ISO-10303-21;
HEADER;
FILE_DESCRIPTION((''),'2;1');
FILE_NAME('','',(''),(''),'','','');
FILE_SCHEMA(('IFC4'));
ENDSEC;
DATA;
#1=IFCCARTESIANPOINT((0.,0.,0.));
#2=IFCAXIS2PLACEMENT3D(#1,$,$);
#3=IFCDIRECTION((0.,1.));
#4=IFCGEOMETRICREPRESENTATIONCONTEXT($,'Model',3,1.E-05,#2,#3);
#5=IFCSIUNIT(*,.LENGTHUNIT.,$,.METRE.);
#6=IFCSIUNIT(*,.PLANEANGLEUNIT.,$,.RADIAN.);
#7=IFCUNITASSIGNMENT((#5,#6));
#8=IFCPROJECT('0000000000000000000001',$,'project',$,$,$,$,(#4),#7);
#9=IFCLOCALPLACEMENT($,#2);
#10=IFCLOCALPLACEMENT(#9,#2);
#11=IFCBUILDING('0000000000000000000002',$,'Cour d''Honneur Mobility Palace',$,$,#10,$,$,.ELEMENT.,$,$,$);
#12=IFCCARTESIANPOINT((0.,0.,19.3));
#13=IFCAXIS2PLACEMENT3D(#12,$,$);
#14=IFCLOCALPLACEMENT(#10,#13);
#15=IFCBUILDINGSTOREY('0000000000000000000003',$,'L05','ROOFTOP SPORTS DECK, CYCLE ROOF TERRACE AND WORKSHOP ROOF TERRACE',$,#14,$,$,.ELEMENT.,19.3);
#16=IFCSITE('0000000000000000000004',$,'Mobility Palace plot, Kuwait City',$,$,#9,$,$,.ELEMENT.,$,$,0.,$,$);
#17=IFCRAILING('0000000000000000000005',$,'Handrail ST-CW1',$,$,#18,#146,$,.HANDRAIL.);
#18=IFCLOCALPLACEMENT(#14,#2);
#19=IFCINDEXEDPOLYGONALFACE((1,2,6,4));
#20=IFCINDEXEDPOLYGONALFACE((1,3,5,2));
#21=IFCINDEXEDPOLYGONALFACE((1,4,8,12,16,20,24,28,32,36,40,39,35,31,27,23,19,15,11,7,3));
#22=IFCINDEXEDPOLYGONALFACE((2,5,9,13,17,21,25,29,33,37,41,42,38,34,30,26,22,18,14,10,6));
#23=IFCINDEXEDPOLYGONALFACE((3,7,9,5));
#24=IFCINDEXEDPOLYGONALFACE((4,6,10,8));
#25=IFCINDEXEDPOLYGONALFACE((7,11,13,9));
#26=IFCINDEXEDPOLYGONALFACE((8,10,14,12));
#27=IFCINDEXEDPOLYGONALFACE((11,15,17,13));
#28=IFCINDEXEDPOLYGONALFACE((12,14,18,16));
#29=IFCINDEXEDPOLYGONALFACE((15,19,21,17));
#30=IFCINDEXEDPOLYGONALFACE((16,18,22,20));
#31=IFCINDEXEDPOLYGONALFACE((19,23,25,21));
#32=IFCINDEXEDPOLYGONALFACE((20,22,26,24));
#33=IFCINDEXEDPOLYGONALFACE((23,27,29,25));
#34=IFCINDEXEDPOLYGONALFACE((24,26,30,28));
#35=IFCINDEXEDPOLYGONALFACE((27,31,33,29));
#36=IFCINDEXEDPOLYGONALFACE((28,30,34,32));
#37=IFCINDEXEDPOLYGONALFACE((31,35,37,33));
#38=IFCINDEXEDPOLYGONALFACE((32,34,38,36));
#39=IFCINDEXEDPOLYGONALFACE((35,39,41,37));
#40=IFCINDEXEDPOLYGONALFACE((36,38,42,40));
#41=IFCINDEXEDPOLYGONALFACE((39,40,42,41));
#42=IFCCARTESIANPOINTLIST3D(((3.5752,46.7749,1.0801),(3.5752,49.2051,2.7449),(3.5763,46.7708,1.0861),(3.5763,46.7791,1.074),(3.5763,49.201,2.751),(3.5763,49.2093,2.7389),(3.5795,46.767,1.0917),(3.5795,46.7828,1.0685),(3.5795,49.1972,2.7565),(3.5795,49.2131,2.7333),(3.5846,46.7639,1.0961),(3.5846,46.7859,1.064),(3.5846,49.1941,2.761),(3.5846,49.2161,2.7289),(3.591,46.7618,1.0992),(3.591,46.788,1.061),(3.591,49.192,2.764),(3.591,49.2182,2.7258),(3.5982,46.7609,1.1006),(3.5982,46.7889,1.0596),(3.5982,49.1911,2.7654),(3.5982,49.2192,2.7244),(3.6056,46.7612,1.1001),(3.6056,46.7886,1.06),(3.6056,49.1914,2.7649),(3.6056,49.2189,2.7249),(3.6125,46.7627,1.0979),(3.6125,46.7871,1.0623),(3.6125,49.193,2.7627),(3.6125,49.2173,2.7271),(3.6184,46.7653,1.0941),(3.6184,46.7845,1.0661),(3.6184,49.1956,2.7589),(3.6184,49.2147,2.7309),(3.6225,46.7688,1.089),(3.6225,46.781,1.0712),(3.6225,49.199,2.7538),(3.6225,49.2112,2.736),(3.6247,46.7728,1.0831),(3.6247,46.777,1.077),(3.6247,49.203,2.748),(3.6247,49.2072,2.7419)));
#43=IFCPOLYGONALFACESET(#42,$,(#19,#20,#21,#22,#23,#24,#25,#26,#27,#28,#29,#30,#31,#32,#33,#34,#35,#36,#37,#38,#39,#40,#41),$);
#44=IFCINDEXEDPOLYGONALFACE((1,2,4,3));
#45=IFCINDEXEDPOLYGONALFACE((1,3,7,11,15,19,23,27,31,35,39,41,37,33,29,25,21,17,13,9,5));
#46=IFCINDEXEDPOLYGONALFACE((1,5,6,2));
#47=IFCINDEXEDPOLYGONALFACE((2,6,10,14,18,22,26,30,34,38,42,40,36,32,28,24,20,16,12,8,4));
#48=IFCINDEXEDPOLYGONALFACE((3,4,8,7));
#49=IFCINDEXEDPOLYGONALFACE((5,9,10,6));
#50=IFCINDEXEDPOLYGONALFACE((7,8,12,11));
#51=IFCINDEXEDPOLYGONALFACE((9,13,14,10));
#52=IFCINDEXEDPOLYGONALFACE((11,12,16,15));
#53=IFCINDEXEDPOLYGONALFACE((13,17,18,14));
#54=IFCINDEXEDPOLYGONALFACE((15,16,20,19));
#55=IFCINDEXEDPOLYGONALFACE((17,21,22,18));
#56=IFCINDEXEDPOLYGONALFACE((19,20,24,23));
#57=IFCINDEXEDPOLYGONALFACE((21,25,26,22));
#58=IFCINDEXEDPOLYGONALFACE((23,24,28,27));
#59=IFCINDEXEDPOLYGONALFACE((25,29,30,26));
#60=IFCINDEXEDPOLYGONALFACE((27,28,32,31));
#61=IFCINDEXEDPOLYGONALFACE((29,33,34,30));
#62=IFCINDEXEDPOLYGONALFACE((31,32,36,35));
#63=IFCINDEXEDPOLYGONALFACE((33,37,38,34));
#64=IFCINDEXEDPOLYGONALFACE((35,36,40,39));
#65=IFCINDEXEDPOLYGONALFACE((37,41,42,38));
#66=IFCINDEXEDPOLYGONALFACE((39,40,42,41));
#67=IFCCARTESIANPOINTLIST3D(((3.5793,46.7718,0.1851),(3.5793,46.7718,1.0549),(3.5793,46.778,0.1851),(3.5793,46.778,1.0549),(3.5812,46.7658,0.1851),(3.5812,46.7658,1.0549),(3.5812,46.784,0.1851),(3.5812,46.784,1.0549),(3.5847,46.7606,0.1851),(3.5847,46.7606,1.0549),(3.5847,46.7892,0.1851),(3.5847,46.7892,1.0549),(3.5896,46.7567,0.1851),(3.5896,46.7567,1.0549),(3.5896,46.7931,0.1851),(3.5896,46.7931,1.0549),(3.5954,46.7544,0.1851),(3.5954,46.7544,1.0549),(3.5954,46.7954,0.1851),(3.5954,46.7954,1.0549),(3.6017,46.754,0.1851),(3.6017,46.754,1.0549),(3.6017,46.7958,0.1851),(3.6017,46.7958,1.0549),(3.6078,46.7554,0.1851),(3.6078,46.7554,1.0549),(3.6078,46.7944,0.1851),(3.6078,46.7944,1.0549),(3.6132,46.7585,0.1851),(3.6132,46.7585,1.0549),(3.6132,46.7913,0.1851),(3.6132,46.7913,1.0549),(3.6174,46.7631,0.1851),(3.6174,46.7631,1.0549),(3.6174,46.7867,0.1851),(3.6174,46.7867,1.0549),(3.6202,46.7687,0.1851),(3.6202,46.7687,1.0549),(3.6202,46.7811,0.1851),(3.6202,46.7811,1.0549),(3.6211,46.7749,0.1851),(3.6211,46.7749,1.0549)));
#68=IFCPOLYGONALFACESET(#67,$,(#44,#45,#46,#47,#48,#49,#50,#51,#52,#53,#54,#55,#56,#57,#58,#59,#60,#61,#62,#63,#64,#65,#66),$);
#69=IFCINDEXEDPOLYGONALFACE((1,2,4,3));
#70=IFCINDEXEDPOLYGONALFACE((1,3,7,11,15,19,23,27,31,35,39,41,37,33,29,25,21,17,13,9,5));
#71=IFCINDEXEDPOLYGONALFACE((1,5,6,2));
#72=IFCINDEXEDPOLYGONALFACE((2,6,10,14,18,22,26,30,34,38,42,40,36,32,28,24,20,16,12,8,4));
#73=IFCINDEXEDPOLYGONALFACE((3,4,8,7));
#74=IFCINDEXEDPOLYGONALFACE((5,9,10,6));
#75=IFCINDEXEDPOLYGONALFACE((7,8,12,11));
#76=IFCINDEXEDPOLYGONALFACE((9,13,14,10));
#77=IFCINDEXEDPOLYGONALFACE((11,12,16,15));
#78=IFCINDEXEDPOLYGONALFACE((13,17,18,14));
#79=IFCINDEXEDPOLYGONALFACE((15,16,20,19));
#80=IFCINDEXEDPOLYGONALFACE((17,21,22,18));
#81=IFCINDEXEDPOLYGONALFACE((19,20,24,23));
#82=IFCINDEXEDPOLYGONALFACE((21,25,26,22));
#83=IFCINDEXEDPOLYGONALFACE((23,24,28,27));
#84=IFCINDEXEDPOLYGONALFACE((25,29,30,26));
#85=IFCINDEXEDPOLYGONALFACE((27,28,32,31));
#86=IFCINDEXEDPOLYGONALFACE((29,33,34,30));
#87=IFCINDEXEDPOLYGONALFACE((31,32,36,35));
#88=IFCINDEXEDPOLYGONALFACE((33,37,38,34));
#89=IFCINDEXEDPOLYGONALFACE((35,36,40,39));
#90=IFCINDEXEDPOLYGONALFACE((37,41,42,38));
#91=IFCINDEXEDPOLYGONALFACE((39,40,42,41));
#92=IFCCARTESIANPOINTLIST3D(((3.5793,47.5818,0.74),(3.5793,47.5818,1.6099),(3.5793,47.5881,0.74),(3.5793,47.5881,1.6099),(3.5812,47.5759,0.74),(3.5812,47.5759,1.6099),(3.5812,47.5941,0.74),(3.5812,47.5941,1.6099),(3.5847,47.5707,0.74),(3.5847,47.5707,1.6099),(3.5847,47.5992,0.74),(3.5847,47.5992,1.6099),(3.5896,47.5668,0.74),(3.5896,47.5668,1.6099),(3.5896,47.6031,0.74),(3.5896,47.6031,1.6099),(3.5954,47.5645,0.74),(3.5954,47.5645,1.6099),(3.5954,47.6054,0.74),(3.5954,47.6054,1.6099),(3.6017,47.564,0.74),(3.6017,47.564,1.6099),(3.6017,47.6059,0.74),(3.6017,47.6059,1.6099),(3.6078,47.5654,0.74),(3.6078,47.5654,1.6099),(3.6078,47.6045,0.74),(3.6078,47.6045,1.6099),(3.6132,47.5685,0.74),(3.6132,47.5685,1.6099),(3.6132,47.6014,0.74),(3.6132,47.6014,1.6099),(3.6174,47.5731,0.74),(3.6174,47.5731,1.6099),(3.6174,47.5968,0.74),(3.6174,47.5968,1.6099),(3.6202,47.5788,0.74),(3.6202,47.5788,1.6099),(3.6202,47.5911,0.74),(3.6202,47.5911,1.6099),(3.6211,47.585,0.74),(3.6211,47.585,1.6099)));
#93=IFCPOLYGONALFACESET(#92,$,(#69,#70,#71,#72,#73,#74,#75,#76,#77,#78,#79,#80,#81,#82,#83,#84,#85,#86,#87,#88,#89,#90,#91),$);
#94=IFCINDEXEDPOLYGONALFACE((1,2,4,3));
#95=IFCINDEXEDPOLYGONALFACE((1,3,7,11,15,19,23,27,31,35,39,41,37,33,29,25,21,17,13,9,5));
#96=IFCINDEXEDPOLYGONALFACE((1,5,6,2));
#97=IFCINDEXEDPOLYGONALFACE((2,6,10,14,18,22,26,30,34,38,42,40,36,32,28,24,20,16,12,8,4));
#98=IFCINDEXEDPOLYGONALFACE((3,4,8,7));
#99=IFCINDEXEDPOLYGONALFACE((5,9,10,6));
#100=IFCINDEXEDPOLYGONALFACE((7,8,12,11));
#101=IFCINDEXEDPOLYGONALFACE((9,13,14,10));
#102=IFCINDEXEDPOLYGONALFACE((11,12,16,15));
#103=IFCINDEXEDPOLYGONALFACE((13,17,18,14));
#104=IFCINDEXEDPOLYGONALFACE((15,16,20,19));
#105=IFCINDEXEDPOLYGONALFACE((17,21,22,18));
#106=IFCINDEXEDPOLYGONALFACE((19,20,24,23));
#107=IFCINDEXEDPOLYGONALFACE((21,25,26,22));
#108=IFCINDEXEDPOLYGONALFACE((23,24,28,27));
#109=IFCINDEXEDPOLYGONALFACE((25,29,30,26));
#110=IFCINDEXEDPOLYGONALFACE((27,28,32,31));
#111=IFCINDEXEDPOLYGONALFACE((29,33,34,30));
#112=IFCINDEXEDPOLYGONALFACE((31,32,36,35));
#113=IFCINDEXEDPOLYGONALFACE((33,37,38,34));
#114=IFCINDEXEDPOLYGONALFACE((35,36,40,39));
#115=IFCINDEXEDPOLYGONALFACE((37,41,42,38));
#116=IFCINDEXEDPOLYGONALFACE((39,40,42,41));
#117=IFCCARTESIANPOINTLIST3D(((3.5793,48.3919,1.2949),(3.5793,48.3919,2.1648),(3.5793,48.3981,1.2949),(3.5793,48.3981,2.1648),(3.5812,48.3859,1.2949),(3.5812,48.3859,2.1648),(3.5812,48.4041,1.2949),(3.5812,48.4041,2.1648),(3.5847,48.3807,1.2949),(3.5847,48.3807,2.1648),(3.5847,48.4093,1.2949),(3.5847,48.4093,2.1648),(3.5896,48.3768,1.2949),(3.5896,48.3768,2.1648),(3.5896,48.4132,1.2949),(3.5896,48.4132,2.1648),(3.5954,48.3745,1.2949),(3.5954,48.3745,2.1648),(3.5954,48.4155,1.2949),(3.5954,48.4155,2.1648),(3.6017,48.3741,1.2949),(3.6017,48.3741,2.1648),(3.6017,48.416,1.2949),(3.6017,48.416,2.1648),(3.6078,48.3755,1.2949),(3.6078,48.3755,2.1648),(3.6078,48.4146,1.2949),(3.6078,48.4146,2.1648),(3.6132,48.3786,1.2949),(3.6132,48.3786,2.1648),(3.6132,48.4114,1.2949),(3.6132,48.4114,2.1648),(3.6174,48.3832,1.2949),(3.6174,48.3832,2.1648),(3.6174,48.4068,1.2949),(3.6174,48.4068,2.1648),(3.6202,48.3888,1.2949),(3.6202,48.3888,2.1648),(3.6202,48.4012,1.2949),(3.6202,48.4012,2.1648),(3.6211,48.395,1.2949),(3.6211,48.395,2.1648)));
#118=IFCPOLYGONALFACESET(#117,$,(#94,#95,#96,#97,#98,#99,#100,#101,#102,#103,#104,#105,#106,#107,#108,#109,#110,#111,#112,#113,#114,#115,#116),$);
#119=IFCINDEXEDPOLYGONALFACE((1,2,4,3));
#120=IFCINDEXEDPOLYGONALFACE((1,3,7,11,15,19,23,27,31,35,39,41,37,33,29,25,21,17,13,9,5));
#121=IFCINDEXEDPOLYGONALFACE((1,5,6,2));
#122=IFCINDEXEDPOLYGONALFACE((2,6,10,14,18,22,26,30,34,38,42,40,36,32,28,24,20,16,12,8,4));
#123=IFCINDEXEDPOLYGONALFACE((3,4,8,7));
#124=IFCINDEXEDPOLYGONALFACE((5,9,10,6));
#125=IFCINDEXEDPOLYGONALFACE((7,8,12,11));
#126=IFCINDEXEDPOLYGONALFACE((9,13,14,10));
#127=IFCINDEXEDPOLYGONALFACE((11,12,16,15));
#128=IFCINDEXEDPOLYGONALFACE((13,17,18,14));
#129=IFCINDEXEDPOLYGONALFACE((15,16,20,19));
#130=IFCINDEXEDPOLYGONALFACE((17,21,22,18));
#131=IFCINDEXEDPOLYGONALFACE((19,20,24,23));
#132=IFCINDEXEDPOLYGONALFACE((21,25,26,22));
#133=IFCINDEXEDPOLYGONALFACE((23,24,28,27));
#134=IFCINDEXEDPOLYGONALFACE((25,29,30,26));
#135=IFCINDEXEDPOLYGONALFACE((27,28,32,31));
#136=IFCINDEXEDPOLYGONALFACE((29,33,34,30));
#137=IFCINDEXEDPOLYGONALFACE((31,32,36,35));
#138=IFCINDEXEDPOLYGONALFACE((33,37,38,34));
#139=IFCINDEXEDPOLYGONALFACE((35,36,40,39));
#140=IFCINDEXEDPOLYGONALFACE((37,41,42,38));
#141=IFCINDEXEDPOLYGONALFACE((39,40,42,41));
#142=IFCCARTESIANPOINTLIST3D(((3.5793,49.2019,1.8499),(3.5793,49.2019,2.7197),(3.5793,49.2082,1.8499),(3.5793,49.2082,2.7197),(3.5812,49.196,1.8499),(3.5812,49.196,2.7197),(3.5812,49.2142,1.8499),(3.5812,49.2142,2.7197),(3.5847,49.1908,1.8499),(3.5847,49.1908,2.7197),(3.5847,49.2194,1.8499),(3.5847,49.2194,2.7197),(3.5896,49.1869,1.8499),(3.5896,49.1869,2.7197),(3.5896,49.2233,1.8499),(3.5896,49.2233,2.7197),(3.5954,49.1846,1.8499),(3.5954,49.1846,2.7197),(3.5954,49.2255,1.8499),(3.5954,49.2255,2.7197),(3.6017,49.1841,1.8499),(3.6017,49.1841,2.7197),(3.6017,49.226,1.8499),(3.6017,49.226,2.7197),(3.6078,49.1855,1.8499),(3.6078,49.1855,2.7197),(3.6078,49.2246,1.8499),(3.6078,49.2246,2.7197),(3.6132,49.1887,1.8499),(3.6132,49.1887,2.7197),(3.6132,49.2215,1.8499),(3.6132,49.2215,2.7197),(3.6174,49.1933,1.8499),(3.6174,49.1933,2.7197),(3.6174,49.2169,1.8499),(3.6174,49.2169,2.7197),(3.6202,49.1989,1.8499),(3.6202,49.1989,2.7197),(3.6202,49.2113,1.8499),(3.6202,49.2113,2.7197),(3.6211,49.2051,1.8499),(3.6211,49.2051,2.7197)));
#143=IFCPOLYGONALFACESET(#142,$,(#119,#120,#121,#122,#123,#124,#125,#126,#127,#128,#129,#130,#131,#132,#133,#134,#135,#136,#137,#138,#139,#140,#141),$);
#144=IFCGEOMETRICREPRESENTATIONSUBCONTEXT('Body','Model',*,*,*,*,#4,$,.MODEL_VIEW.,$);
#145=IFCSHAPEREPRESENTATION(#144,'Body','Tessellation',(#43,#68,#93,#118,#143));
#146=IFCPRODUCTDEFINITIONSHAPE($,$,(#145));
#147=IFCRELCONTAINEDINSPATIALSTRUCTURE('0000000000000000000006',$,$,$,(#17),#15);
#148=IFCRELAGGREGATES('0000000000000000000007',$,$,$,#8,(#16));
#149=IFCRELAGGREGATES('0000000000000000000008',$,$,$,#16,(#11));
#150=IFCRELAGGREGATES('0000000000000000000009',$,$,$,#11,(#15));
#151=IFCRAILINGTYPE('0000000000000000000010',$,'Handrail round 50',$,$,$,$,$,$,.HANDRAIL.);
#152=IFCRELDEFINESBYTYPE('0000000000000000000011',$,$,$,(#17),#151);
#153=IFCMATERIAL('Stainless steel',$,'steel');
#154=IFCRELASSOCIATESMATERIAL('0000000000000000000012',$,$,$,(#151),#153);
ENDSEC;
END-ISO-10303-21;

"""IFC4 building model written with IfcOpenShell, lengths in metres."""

from ifc_helpers import new_model, si_unit, direction, frame, origin, origin_2d, place, context, subcontext, project, spatial, circle, extrude, material, type_object, element, save


model = new_model("IFC4")

# Units and contexts
model_context = context("Model", 3, precision=1e-05, world=origin(), true_north=direction((0.0, 1.0)))
body_context = subcontext(model_context, "Body", "Model", "MODEL_VIEW")
ifc_project = project(units=[si_unit("LENGTHUNIT", "METRE"), si_unit("PLANEANGLEUNIT", "RADIAN")], contexts=[model_context])

# Site, building, storey
site_placement = place(None, origin())
site = spatial("IfcSite", under=ifc_project, at=site_placement, Name="Mobility Palace plot, Kuwait City", CompositionType="ELEMENT", RefElevation=0.0)
building_placement = place(site_placement, origin())
building = spatial("IfcBuilding", under=site, at=building_placement, Name="Cour d'Honneur Mobility Palace", CompositionType="ELEMENT")
storey_placement = place(building_placement, frame((0.0, 0.0, 19.3)))
storey = spatial("IfcBuildingStorey", under=building, at=storey_placement, Name="L05", Description="ROOFTOP SPORTS DECK, CYCLE ROOF TERRACE AND WORKSHOP ROOF TERRACE", CompositionType="ELEMENT", Elevation=19.3)

# Railing
ifc_material_1 = material(Name="Stainless steel", Category="steel")
railing_type_1 = type_object("IfcRailingType", Name="Handrail round 50", PredefinedType="HANDRAIL", material=ifc_material_1)
railing_1_placement = place(storey_placement, frame((3.6001, 46.7749, 0.1851)))
element("IfcRailing", 1, at=railing_1_placement, inside=storey, type_object=railing_type_1, Name="Handrail ST-CW1", PredefinedType="HANDRAIL", context=body_context, shape_type="SweptSolid", body=[
    extrude(circle(Radius=0.0249, at=origin_2d()), frame((0.0, 0.0, 0.895), z_axis=(0.0, 0.824984, 0.565156), x_axis=(-1.0, 0.0, 0.0)), (0.0, 0.0, 1.0), 2.9458),
    extrude(circle(Radius=0.021, at=origin_2d()), origin(), (0.0, 0.0, 1.0), 0.8699),
    extrude(circle(Radius=0.021, at=origin_2d()), frame((0.0, 0.8101, 0.5549)), (0.0, 0.0, 1.0), 0.8699),
    extrude(circle(Radius=0.021, at=origin_2d()), frame((0.0, 1.6201, 1.1099)), (0.0, 0.0, 1.0), 0.8699),
    extrude(circle(Radius=0.021, at=origin_2d()), frame((0.0, 2.4302, 1.6648)), (0.0, 0.0, 1.0), 0.8699),
])

save(model, "model.ifc")
